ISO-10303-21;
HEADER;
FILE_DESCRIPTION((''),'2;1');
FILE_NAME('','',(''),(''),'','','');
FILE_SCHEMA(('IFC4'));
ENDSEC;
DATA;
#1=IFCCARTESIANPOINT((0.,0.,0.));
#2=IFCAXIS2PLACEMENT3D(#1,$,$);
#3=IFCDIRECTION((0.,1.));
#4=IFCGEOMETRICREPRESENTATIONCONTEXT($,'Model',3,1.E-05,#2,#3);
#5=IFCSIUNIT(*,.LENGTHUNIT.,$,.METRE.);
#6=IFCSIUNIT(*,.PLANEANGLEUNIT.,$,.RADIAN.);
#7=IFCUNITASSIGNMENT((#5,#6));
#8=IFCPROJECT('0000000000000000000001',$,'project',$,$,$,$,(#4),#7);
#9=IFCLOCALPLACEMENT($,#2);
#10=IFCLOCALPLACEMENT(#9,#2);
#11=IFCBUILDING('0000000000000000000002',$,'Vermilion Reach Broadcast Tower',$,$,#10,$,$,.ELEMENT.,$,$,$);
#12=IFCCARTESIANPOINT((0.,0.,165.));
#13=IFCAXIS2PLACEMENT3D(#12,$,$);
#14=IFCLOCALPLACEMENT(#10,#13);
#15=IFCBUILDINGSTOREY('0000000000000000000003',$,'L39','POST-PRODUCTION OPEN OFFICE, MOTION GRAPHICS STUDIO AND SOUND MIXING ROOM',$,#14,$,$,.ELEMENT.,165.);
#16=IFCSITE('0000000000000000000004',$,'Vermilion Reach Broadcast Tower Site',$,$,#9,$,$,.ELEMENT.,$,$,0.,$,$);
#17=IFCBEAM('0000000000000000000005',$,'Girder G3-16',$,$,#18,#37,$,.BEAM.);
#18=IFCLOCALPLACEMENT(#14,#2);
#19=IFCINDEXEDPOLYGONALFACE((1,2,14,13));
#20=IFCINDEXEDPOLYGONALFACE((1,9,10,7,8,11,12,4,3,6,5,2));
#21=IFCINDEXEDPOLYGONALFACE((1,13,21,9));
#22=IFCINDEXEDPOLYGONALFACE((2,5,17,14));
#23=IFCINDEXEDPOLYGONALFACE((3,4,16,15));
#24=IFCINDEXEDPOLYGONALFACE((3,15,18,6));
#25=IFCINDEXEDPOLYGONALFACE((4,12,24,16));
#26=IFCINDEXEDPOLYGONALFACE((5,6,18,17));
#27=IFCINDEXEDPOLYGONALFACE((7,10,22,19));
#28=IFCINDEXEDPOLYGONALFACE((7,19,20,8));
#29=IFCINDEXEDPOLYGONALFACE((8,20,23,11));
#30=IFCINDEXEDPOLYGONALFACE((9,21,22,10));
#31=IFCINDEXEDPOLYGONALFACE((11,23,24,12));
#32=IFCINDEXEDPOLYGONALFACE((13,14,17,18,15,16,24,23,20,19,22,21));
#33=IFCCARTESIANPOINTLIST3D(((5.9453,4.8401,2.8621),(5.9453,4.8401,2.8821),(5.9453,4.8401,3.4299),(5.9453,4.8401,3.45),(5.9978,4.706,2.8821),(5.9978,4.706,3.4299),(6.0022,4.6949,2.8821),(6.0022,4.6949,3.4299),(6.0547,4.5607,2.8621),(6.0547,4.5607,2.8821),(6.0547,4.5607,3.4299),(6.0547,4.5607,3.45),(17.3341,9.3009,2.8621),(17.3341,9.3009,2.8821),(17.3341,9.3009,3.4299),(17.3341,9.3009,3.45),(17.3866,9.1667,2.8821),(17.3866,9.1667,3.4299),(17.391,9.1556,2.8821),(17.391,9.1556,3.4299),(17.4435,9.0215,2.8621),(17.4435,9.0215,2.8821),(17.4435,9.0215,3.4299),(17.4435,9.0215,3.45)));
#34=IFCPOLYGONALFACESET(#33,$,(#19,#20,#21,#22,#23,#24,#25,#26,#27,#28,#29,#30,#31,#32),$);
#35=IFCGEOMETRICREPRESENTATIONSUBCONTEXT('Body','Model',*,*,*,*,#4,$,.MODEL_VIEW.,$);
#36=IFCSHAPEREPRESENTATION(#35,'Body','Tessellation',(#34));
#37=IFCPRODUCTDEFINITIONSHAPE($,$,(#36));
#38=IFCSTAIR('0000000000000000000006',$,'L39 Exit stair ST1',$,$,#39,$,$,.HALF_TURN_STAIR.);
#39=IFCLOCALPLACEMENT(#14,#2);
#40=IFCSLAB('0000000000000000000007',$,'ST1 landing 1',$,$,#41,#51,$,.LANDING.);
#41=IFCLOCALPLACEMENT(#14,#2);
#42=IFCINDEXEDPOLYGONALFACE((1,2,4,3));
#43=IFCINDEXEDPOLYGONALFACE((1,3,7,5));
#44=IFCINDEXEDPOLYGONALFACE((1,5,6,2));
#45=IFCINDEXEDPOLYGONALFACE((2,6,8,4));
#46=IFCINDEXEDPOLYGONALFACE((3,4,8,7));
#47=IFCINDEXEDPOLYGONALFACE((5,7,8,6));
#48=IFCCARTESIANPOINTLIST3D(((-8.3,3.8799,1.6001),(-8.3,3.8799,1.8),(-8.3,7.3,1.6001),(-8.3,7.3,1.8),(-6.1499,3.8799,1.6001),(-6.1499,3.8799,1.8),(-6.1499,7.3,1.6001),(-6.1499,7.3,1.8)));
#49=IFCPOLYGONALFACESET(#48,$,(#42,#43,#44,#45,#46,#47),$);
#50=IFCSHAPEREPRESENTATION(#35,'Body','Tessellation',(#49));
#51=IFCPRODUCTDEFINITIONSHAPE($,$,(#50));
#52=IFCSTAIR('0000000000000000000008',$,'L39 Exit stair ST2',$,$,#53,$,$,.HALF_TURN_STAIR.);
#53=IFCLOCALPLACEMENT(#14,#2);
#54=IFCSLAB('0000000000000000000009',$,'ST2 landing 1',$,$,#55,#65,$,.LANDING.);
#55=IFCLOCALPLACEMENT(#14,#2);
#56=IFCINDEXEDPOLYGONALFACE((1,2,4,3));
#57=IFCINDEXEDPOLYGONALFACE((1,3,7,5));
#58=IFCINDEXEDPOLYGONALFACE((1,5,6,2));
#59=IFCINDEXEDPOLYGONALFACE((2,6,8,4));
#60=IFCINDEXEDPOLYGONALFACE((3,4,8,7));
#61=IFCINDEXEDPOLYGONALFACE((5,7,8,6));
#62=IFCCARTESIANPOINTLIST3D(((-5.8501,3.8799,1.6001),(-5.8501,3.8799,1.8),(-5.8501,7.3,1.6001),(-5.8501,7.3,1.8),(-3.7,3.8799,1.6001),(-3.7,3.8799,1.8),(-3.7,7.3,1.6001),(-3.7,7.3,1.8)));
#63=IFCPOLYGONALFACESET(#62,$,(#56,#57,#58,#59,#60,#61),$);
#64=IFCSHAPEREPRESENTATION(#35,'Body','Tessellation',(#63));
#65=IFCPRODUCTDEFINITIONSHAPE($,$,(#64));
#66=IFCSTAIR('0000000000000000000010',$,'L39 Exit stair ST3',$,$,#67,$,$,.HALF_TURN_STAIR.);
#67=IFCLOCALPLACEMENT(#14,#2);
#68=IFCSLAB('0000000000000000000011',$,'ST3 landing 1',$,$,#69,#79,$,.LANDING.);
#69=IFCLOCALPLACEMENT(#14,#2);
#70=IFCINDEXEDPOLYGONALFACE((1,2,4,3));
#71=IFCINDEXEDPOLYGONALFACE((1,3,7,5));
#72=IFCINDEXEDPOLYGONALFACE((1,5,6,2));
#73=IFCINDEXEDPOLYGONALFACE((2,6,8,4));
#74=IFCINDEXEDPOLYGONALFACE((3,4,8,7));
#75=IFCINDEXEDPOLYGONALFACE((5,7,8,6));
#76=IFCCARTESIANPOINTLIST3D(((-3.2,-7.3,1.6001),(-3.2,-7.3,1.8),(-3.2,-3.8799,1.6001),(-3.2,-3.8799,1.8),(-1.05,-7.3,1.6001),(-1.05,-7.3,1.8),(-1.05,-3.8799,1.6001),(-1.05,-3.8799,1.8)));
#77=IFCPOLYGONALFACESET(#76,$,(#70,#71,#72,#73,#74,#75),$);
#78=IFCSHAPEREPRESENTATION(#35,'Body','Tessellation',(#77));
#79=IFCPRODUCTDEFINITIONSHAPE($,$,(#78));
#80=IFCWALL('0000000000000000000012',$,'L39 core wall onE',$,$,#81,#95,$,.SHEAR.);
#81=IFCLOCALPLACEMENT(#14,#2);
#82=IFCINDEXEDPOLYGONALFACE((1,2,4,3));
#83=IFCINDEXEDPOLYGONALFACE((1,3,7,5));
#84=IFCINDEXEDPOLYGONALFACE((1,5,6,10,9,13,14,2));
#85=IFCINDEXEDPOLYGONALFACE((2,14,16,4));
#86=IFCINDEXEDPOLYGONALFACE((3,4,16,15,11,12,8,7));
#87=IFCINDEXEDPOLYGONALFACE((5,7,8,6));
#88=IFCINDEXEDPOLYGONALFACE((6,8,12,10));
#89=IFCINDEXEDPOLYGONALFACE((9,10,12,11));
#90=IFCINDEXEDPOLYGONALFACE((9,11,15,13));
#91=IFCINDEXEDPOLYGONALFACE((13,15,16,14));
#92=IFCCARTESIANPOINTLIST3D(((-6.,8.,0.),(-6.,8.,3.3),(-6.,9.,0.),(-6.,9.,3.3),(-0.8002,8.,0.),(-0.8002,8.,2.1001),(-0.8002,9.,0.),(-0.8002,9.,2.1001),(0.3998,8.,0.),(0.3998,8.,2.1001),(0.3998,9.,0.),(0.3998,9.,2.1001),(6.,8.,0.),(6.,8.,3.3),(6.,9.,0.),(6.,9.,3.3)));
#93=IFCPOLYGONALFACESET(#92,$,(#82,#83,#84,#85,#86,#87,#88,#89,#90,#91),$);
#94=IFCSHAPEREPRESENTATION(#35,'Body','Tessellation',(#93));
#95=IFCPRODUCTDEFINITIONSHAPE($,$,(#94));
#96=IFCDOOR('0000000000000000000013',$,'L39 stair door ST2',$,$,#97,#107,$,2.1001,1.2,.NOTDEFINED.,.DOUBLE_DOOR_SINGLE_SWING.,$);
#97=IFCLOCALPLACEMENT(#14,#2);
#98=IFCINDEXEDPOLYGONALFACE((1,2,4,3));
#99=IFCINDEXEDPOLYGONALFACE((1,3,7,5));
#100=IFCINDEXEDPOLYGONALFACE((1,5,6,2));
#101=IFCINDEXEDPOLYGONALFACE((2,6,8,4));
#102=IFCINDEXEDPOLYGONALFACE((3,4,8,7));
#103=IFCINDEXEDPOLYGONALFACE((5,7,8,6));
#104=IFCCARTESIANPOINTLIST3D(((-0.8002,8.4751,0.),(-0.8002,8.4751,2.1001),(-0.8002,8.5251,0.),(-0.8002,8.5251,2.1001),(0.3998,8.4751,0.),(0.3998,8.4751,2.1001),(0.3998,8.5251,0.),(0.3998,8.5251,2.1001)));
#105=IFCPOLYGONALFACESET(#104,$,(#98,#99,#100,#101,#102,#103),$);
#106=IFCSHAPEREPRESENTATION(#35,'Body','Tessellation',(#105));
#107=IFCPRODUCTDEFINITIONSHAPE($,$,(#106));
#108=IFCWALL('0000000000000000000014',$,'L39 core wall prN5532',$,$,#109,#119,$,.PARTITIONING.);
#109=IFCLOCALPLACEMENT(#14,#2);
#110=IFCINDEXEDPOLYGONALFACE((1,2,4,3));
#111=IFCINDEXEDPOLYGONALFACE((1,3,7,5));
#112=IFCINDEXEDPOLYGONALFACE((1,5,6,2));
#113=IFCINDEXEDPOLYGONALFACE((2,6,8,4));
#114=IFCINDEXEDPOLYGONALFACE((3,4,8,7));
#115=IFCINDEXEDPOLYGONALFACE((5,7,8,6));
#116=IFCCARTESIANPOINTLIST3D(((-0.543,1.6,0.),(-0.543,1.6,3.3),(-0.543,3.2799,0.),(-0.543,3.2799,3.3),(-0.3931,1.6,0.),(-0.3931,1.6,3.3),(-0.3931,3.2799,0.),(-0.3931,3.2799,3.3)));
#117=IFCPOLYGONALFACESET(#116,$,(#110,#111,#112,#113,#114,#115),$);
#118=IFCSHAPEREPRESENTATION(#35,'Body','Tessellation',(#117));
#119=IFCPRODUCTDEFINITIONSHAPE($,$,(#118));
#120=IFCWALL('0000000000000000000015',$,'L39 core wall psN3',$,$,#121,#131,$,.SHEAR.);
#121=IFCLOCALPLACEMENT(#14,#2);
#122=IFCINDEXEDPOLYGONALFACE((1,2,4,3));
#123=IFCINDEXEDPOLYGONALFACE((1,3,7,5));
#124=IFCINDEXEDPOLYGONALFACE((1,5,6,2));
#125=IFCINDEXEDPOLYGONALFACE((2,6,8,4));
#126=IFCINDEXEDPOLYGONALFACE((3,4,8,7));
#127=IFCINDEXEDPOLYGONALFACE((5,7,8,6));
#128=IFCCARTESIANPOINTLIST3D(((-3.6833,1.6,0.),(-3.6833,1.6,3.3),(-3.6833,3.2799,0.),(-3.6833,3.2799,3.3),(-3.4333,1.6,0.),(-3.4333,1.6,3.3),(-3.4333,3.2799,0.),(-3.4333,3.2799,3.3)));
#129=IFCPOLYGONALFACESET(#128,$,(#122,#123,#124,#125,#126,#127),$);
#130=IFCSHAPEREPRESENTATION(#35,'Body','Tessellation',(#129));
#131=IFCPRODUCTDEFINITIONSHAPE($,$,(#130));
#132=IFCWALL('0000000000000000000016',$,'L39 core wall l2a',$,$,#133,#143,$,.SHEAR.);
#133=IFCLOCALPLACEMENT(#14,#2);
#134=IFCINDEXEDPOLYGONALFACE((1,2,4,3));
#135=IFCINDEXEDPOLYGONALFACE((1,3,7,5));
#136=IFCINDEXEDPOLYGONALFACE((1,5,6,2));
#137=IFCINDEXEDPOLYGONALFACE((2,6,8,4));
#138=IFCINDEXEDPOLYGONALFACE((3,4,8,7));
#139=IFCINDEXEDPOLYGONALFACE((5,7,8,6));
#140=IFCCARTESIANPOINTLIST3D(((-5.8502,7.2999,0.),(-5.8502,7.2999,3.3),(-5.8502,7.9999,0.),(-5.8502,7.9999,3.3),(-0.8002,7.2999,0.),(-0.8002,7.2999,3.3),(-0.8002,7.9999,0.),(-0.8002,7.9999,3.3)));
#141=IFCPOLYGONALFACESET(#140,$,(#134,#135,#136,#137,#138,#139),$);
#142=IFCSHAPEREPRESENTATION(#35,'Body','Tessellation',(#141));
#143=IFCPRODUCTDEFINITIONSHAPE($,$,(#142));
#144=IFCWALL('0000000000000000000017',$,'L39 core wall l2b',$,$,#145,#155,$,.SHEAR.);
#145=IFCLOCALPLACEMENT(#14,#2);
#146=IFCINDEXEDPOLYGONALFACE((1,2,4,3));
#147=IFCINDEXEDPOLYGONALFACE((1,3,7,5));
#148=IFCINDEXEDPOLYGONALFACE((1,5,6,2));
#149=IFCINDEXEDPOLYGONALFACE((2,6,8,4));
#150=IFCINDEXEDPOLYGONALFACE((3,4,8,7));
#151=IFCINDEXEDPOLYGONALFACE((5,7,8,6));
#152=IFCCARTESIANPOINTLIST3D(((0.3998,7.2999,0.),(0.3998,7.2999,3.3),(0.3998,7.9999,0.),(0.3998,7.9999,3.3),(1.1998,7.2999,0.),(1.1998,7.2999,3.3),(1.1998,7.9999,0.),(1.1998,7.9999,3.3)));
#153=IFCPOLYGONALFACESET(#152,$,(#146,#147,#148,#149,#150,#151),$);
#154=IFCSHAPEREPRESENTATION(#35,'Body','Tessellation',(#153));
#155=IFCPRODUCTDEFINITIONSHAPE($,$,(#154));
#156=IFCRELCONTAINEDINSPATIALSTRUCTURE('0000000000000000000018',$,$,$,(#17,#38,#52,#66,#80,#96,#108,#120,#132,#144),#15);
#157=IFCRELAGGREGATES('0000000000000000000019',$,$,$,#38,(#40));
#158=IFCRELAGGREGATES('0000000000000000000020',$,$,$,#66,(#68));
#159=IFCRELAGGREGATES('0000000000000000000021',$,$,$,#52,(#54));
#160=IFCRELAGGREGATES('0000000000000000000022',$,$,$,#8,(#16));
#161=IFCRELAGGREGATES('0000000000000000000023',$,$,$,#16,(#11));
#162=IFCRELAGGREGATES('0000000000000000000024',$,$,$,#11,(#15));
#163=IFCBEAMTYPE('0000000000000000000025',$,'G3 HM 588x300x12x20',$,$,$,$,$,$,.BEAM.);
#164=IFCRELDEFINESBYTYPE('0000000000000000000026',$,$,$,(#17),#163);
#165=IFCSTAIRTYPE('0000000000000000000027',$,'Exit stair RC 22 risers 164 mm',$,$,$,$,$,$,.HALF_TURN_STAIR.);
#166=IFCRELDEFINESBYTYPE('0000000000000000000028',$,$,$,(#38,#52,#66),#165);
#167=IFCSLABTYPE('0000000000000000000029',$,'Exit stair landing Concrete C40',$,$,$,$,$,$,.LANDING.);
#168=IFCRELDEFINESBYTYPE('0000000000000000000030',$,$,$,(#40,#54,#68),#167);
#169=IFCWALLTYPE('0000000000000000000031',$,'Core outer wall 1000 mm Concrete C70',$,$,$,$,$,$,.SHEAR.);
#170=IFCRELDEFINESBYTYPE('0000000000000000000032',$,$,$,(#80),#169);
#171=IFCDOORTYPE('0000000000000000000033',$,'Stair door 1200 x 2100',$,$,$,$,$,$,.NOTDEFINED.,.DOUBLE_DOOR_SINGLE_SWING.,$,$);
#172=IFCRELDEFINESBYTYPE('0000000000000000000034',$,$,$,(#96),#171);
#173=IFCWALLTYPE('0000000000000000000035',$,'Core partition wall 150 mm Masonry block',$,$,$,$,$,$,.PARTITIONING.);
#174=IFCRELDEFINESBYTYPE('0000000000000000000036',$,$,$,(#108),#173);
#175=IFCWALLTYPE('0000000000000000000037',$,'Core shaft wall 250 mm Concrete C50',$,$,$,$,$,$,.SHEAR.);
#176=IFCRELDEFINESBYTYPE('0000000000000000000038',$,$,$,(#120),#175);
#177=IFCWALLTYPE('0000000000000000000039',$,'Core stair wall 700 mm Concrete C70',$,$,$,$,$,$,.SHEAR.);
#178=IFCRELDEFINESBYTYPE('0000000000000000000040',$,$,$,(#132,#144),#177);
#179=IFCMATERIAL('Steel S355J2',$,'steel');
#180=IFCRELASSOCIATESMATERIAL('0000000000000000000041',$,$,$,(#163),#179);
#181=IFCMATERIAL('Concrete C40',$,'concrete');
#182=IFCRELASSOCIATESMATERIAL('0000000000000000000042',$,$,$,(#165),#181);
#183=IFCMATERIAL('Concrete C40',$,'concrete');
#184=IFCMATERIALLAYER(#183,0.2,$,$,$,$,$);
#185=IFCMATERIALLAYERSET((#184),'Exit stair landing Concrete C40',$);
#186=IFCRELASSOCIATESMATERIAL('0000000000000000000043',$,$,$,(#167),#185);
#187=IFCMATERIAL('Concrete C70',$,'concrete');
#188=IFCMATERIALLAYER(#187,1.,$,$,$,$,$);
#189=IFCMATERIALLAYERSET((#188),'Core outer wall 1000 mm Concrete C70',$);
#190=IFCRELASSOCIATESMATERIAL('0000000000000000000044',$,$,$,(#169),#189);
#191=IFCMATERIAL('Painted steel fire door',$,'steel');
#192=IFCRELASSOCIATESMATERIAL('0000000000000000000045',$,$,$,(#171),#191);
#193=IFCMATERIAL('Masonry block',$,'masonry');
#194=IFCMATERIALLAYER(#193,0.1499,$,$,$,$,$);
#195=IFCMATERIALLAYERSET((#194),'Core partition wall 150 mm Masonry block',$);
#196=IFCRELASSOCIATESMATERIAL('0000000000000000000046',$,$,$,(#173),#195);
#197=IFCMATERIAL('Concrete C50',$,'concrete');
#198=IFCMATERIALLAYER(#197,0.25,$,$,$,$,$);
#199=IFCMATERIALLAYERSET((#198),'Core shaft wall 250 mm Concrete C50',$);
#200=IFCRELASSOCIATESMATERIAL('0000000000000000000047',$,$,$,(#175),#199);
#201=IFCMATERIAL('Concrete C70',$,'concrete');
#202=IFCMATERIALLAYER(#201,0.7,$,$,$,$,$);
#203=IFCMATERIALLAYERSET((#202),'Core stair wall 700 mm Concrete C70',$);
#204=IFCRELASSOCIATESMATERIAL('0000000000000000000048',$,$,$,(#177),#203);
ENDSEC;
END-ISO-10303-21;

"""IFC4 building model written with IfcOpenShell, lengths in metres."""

from ifc_helpers import new_model, si_unit, direction, frame, frame_2d, origin, origin_2d, place, context, subcontext, project, spatial, polyline, rectangle, i_section, outline, extrude, material, layer, layer_set, material_profile, profile_set, type_object, element, fill, aggregate, save


model = new_model("IFC4")

# Units and contexts
model_context = context("Model", 3, precision=1e-05, world=origin(), true_north=direction((0.0, 1.0)))
body_context = subcontext(model_context, "Body", "Model", "MODEL_VIEW")
ifc_project = project(units=[si_unit("LENGTHUNIT", "METRE"), si_unit("PLANEANGLEUNIT", "RADIAN")], contexts=[model_context])

# Site, building, storey
site_placement = place(None, origin())
site = spatial("IfcSite", under=ifc_project, at=site_placement, Name="Vermilion Reach Broadcast Tower Site", CompositionType="ELEMENT", RefElevation=0.0)
building_placement = place(site_placement, origin())
building = spatial("IfcBuilding", under=site, at=building_placement, Name="Vermilion Reach Broadcast Tower", CompositionType="ELEMENT")
storey_placement = place(building_placement, frame((0.0, 0.0, 165.0)))
storey = spatial("IfcBuildingStorey", under=building, at=storey_placement, Name="L39", Description="POST-PRODUCTION OPEN OFFICE, MOTION GRAPHICS STUDIO AND SOUND MIXING ROOM", CompositionType="ELEMENT", Elevation=165.0)

# Beam
ifc_material_1 = material(Name="Steel S355J2", Category="steel")
ifc_material_profile = material_profile(ifc_material_1, i_section(OverallWidth=0.3, OverallDepth=0.5879, WebThickness=0.012, FlangeThickness=0.02, at=origin_2d()), Name="S355J2 HM 588x300x12x20")
ifc_profile_set = profile_set([ifc_material_profile], Name="Steel S355J2")
beam_type = type_object("IfcBeamType", Name="G3 HM 588x300x12x20", PredefinedType="BEAM", material=ifc_profile_set)
beam_placement = place(storey_placement, frame((6.0, 4.7004, 3.156), z_axis=(0.931125, 0.364701, 0.0), x_axis=(-0.364701, 0.931125, 0.0)))
element("IfcBeam", 1, at=beam_placement, inside=storey, type_object=beam_type, Name="Girder G3-16", PredefinedType="BEAM", context=body_context, shape_type="SweptSolid", body=[
    extrude(i_section(OverallWidth=0.3, OverallDepth=0.5879, WebThickness=0.012, FlangeThickness=0.02, at=origin_2d()), origin(), (0.0, 0.0, 1.0), 12.2312),
])

# Stairs, slabs
ifc_material_2 = material(Name="Concrete C40", Category="concrete")
stair_type = type_object("IfcStairType", Name="Exit stair RC 22 risers 164 mm", PredefinedType="HALF_TURN_STAIR", material=ifc_material_2)
placement_1 = place(storey_placement, origin())
stair_1 = element("IfcStair", 2, at=placement_1, inside=storey, type_object=stair_type, Name="L39 Exit stair ST1", PredefinedType="HALF_TURN_STAIR")
ifc_material_3 = material(Name="Concrete C40", Category="concrete")
ifc_layer_1 = layer(ifc_material_3, 0.2)
ifc_layer_set_1 = layer_set([ifc_layer_1], Name="Exit stair landing Concrete C40")
slab_type = type_object("IfcSlabType", Name="Exit stair landing Concrete C40", PredefinedType="LANDING", material=ifc_layer_set_1)
placement_2 = place(storey_placement, frame((0.0, 0.0, 1.6001)))
slab_1 = element("IfcSlab", 3, at=placement_2, type_object=slab_type, Name="ST1 landing 1", PredefinedType="LANDING", context=body_context, shape_type="SweptSolid", body=[
    extrude(outline(polyline([(-8.3, 3.8799), (-6.1499, 3.8799), (-6.1499, 7.3), (-8.3, 7.3), (-8.3, 3.8799)])), origin(), (0.0, 0.0, 1.0), 0.2),
])
aggregate(stair_1, [slab_1])
stair_2 = element("IfcStair", 4, at=placement_1, inside=storey, type_object=stair_type, Name="L39 Exit stair ST2", PredefinedType="HALF_TURN_STAIR")
slab_2 = element("IfcSlab", 5, at=placement_2, type_object=slab_type, Name="ST2 landing 1", PredefinedType="LANDING", context=body_context, shape_type="SweptSolid", body=[
    extrude(outline(polyline([(-3.7, 7.3), (-5.8501, 7.3), (-5.8501, 3.8799), (-3.7, 3.8799), (-3.7, 7.3)])), origin(), (0.0, 0.0, 1.0), 0.2),
])
stair_3 = element("IfcStair", 6, at=placement_1, inside=storey, type_object=stair_type, Name="L39 Exit stair ST3", PredefinedType="HALF_TURN_STAIR")
slab_3 = element("IfcSlab", 7, at=placement_2, type_object=slab_type, Name="ST3 landing 1", PredefinedType="LANDING", context=body_context, shape_type="SweptSolid", body=[
    extrude(outline(polyline([(-3.2, -7.3), (-1.05, -7.3), (-1.05, -3.8799), (-3.2, -3.8799), (-3.2, -7.3)])), origin(), (0.0, 0.0, 1.0), 0.2),
])
aggregate(stair_3, [slab_3])

# Wall, opening, door
ifc_material_4 = material(Name="Concrete C70", Category="concrete")
ifc_layer_2 = layer(ifc_material_4, 1.0)
ifc_layer_set_2 = layer_set([ifc_layer_2], Name="Core outer wall 1000 mm Concrete C70")
wall_type_1 = type_object("IfcWallType", Name="Core outer wall 1000 mm Concrete C70", PredefinedType="SHEAR", material=ifc_layer_set_2)
wall_1_placement = place(storey_placement, frame((6.0, 8.5, 0.0), z_axis=(0.0, 0.0, 1.0), x_axis=(-1.0, 0.0, 0.0)))
wall_1 = element("IfcWall", 8, at=wall_1_placement, inside=storey, type_object=wall_type_1, Name="L39 core wall onE", PredefinedType="SHEAR", context=body_context, shape_type="SweptSolid", body=[
    extrude(rectangle(XDim=12.0, YDim=1.0, at=frame_2d((6.0, 0.0))), origin(), (0.0, 0.0, 1.0), 3.3),
])
opening_placement = place(wall_1_placement, frame((5.6001, 0.0, 0.0)))
opening = element("IfcOpeningElement", 9, at=opening_placement, cuts=wall_1, PredefinedType="OPENING", context=body_context, shape_type="SweptSolid", body=[
    extrude(rectangle(XDim=1.2, YDim=2.1001, at=frame_2d((0.6001, 1.05))), frame((0.0, 0.51, 0.0), z_axis=(0.0, -1.0, 0.0), x_axis=(1.0, 0.0, 0.0)), (0.0, 0.0, 1.0), 1.02),
])
ifc_material_5 = material(Name="Painted steel fire door", Category="steel")
door_type = type_object("IfcDoorType", Name="Stair door 1200 x 2100", OperationType="DOUBLE_DOOR_SINGLE_SWING", PredefinedType="NOTDEFINED", material=ifc_material_5)
door_placement = place(opening_placement, origin())
door = element("IfcDoor", 10, at=door_placement, inside=storey, type_object=door_type, Name="L39 stair door ST2", OperationType="DOUBLE_DOOR_SINGLE_SWING", OverallHeight=2.1001, OverallWidth=1.2, PredefinedType="NOTDEFINED", context=body_context, shape_type="SweptSolid", body=[
    extrude(rectangle(XDim=1.2, YDim=2.1001, at=frame_2d((0.6001, 1.05))), frame((0.0, 0.0249, 0.0), z_axis=(0.0, -1.0, 0.0), x_axis=(1.0, 0.0, 0.0)), (0.0, 0.0, 1.0), 0.05),
])
fill(opening, door)

# Walls
ifc_material_6 = material(Name="Masonry block", Category="masonry")
ifc_layer_3 = layer(ifc_material_6, 0.1499)
ifc_layer_set_3 = layer_set([ifc_layer_3], Name="Core partition wall 150 mm Masonry block")
wall_type_2 = type_object("IfcWallType", Name="Core partition wall 150 mm Masonry block", PredefinedType="PARTITIONING", material=ifc_layer_set_3)
wall_2_placement = place(storey_placement, frame((-0.468, 1.6001, 0.0), z_axis=(0.0, 0.0, 1.0), x_axis=(0.0, 1.0, 0.0)))
element("IfcWall", 11, at=wall_2_placement, inside=storey, type_object=wall_type_2, Name="L39 core wall prN5532", PredefinedType="PARTITIONING", context=body_context, shape_type="SweptSolid", body=[
    extrude(rectangle(XDim=1.6799, YDim=0.1499, at=frame_2d((0.8398, 0.0))), origin(), (0.0, 0.0, 1.0), 3.3),
])
ifc_material_7 = material(Name="Concrete C50", Category="concrete")
ifc_layer_4 = layer(ifc_material_7, 0.25)
ifc_layer_set_4 = layer_set([ifc_layer_4], Name="Core shaft wall 250 mm Concrete C50")
wall_type_3 = type_object("IfcWallType", Name="Core shaft wall 250 mm Concrete C50", PredefinedType="SHEAR", material=ifc_layer_set_4)
wall_3_placement = place(storey_placement, frame((-3.5583, 1.6001, 0.0), z_axis=(0.0, 0.0, 1.0), x_axis=(0.0, 1.0, 0.0)))
element("IfcWall", 12, at=wall_3_placement, inside=storey, type_object=wall_type_3, Name="L39 core wall psN3", PredefinedType="SHEAR", context=body_context, shape_type="SweptSolid", body=[
    extrude(rectangle(XDim=1.6799, YDim=0.25, at=frame_2d((0.8398, 0.0))), origin(), (0.0, 0.0, 1.0), 3.3),
])
ifc_material_8 = material(Name="Concrete C70", Category="concrete")
ifc_layer_5 = layer(ifc_material_8, 0.7)
ifc_layer_set_5 = layer_set([ifc_layer_5], Name="Core stair wall 700 mm Concrete C70")
wall_type_4 = type_object("IfcWallType", Name="Core stair wall 700 mm Concrete C70", PredefinedType="SHEAR", material=ifc_layer_set_5)
wall_4_placement = place(storey_placement, frame((-5.8501, 7.6499, 0.0), z_axis=(0.0, 0.0, 1.0), x_axis=(1.0, 0.0, 0.0)))
element("IfcWall", 13, at=wall_4_placement, inside=storey, type_object=wall_type_4, Name="L39 core wall l2a", PredefinedType="SHEAR", context=body_context, shape_type="SweptSolid", body=[
    extrude(rectangle(XDim=5.05, YDim=0.7, at=frame_2d((2.5249, 0.0))), origin(), (0.0, 0.0, 1.0), 3.3),
])
wall_5_placement = place(storey_placement, frame((0.3999, 7.6499, 0.0), z_axis=(0.0, 0.0, 1.0), x_axis=(1.0, 0.0, 0.0)))
element("IfcWall", 14, at=wall_5_placement, inside=storey, type_object=wall_type_4, Name="L39 core wall l2b", PredefinedType="SHEAR", context=body_context, shape_type="SweptSolid", body=[
    extrude(rectangle(XDim=0.8, YDim=0.7, at=frame_2d((0.3999, 0.0))), origin(), (0.0, 0.0, 1.0), 3.3),
])

aggregate(stair_2, [slab_2])

save(model, "model.ifc")
